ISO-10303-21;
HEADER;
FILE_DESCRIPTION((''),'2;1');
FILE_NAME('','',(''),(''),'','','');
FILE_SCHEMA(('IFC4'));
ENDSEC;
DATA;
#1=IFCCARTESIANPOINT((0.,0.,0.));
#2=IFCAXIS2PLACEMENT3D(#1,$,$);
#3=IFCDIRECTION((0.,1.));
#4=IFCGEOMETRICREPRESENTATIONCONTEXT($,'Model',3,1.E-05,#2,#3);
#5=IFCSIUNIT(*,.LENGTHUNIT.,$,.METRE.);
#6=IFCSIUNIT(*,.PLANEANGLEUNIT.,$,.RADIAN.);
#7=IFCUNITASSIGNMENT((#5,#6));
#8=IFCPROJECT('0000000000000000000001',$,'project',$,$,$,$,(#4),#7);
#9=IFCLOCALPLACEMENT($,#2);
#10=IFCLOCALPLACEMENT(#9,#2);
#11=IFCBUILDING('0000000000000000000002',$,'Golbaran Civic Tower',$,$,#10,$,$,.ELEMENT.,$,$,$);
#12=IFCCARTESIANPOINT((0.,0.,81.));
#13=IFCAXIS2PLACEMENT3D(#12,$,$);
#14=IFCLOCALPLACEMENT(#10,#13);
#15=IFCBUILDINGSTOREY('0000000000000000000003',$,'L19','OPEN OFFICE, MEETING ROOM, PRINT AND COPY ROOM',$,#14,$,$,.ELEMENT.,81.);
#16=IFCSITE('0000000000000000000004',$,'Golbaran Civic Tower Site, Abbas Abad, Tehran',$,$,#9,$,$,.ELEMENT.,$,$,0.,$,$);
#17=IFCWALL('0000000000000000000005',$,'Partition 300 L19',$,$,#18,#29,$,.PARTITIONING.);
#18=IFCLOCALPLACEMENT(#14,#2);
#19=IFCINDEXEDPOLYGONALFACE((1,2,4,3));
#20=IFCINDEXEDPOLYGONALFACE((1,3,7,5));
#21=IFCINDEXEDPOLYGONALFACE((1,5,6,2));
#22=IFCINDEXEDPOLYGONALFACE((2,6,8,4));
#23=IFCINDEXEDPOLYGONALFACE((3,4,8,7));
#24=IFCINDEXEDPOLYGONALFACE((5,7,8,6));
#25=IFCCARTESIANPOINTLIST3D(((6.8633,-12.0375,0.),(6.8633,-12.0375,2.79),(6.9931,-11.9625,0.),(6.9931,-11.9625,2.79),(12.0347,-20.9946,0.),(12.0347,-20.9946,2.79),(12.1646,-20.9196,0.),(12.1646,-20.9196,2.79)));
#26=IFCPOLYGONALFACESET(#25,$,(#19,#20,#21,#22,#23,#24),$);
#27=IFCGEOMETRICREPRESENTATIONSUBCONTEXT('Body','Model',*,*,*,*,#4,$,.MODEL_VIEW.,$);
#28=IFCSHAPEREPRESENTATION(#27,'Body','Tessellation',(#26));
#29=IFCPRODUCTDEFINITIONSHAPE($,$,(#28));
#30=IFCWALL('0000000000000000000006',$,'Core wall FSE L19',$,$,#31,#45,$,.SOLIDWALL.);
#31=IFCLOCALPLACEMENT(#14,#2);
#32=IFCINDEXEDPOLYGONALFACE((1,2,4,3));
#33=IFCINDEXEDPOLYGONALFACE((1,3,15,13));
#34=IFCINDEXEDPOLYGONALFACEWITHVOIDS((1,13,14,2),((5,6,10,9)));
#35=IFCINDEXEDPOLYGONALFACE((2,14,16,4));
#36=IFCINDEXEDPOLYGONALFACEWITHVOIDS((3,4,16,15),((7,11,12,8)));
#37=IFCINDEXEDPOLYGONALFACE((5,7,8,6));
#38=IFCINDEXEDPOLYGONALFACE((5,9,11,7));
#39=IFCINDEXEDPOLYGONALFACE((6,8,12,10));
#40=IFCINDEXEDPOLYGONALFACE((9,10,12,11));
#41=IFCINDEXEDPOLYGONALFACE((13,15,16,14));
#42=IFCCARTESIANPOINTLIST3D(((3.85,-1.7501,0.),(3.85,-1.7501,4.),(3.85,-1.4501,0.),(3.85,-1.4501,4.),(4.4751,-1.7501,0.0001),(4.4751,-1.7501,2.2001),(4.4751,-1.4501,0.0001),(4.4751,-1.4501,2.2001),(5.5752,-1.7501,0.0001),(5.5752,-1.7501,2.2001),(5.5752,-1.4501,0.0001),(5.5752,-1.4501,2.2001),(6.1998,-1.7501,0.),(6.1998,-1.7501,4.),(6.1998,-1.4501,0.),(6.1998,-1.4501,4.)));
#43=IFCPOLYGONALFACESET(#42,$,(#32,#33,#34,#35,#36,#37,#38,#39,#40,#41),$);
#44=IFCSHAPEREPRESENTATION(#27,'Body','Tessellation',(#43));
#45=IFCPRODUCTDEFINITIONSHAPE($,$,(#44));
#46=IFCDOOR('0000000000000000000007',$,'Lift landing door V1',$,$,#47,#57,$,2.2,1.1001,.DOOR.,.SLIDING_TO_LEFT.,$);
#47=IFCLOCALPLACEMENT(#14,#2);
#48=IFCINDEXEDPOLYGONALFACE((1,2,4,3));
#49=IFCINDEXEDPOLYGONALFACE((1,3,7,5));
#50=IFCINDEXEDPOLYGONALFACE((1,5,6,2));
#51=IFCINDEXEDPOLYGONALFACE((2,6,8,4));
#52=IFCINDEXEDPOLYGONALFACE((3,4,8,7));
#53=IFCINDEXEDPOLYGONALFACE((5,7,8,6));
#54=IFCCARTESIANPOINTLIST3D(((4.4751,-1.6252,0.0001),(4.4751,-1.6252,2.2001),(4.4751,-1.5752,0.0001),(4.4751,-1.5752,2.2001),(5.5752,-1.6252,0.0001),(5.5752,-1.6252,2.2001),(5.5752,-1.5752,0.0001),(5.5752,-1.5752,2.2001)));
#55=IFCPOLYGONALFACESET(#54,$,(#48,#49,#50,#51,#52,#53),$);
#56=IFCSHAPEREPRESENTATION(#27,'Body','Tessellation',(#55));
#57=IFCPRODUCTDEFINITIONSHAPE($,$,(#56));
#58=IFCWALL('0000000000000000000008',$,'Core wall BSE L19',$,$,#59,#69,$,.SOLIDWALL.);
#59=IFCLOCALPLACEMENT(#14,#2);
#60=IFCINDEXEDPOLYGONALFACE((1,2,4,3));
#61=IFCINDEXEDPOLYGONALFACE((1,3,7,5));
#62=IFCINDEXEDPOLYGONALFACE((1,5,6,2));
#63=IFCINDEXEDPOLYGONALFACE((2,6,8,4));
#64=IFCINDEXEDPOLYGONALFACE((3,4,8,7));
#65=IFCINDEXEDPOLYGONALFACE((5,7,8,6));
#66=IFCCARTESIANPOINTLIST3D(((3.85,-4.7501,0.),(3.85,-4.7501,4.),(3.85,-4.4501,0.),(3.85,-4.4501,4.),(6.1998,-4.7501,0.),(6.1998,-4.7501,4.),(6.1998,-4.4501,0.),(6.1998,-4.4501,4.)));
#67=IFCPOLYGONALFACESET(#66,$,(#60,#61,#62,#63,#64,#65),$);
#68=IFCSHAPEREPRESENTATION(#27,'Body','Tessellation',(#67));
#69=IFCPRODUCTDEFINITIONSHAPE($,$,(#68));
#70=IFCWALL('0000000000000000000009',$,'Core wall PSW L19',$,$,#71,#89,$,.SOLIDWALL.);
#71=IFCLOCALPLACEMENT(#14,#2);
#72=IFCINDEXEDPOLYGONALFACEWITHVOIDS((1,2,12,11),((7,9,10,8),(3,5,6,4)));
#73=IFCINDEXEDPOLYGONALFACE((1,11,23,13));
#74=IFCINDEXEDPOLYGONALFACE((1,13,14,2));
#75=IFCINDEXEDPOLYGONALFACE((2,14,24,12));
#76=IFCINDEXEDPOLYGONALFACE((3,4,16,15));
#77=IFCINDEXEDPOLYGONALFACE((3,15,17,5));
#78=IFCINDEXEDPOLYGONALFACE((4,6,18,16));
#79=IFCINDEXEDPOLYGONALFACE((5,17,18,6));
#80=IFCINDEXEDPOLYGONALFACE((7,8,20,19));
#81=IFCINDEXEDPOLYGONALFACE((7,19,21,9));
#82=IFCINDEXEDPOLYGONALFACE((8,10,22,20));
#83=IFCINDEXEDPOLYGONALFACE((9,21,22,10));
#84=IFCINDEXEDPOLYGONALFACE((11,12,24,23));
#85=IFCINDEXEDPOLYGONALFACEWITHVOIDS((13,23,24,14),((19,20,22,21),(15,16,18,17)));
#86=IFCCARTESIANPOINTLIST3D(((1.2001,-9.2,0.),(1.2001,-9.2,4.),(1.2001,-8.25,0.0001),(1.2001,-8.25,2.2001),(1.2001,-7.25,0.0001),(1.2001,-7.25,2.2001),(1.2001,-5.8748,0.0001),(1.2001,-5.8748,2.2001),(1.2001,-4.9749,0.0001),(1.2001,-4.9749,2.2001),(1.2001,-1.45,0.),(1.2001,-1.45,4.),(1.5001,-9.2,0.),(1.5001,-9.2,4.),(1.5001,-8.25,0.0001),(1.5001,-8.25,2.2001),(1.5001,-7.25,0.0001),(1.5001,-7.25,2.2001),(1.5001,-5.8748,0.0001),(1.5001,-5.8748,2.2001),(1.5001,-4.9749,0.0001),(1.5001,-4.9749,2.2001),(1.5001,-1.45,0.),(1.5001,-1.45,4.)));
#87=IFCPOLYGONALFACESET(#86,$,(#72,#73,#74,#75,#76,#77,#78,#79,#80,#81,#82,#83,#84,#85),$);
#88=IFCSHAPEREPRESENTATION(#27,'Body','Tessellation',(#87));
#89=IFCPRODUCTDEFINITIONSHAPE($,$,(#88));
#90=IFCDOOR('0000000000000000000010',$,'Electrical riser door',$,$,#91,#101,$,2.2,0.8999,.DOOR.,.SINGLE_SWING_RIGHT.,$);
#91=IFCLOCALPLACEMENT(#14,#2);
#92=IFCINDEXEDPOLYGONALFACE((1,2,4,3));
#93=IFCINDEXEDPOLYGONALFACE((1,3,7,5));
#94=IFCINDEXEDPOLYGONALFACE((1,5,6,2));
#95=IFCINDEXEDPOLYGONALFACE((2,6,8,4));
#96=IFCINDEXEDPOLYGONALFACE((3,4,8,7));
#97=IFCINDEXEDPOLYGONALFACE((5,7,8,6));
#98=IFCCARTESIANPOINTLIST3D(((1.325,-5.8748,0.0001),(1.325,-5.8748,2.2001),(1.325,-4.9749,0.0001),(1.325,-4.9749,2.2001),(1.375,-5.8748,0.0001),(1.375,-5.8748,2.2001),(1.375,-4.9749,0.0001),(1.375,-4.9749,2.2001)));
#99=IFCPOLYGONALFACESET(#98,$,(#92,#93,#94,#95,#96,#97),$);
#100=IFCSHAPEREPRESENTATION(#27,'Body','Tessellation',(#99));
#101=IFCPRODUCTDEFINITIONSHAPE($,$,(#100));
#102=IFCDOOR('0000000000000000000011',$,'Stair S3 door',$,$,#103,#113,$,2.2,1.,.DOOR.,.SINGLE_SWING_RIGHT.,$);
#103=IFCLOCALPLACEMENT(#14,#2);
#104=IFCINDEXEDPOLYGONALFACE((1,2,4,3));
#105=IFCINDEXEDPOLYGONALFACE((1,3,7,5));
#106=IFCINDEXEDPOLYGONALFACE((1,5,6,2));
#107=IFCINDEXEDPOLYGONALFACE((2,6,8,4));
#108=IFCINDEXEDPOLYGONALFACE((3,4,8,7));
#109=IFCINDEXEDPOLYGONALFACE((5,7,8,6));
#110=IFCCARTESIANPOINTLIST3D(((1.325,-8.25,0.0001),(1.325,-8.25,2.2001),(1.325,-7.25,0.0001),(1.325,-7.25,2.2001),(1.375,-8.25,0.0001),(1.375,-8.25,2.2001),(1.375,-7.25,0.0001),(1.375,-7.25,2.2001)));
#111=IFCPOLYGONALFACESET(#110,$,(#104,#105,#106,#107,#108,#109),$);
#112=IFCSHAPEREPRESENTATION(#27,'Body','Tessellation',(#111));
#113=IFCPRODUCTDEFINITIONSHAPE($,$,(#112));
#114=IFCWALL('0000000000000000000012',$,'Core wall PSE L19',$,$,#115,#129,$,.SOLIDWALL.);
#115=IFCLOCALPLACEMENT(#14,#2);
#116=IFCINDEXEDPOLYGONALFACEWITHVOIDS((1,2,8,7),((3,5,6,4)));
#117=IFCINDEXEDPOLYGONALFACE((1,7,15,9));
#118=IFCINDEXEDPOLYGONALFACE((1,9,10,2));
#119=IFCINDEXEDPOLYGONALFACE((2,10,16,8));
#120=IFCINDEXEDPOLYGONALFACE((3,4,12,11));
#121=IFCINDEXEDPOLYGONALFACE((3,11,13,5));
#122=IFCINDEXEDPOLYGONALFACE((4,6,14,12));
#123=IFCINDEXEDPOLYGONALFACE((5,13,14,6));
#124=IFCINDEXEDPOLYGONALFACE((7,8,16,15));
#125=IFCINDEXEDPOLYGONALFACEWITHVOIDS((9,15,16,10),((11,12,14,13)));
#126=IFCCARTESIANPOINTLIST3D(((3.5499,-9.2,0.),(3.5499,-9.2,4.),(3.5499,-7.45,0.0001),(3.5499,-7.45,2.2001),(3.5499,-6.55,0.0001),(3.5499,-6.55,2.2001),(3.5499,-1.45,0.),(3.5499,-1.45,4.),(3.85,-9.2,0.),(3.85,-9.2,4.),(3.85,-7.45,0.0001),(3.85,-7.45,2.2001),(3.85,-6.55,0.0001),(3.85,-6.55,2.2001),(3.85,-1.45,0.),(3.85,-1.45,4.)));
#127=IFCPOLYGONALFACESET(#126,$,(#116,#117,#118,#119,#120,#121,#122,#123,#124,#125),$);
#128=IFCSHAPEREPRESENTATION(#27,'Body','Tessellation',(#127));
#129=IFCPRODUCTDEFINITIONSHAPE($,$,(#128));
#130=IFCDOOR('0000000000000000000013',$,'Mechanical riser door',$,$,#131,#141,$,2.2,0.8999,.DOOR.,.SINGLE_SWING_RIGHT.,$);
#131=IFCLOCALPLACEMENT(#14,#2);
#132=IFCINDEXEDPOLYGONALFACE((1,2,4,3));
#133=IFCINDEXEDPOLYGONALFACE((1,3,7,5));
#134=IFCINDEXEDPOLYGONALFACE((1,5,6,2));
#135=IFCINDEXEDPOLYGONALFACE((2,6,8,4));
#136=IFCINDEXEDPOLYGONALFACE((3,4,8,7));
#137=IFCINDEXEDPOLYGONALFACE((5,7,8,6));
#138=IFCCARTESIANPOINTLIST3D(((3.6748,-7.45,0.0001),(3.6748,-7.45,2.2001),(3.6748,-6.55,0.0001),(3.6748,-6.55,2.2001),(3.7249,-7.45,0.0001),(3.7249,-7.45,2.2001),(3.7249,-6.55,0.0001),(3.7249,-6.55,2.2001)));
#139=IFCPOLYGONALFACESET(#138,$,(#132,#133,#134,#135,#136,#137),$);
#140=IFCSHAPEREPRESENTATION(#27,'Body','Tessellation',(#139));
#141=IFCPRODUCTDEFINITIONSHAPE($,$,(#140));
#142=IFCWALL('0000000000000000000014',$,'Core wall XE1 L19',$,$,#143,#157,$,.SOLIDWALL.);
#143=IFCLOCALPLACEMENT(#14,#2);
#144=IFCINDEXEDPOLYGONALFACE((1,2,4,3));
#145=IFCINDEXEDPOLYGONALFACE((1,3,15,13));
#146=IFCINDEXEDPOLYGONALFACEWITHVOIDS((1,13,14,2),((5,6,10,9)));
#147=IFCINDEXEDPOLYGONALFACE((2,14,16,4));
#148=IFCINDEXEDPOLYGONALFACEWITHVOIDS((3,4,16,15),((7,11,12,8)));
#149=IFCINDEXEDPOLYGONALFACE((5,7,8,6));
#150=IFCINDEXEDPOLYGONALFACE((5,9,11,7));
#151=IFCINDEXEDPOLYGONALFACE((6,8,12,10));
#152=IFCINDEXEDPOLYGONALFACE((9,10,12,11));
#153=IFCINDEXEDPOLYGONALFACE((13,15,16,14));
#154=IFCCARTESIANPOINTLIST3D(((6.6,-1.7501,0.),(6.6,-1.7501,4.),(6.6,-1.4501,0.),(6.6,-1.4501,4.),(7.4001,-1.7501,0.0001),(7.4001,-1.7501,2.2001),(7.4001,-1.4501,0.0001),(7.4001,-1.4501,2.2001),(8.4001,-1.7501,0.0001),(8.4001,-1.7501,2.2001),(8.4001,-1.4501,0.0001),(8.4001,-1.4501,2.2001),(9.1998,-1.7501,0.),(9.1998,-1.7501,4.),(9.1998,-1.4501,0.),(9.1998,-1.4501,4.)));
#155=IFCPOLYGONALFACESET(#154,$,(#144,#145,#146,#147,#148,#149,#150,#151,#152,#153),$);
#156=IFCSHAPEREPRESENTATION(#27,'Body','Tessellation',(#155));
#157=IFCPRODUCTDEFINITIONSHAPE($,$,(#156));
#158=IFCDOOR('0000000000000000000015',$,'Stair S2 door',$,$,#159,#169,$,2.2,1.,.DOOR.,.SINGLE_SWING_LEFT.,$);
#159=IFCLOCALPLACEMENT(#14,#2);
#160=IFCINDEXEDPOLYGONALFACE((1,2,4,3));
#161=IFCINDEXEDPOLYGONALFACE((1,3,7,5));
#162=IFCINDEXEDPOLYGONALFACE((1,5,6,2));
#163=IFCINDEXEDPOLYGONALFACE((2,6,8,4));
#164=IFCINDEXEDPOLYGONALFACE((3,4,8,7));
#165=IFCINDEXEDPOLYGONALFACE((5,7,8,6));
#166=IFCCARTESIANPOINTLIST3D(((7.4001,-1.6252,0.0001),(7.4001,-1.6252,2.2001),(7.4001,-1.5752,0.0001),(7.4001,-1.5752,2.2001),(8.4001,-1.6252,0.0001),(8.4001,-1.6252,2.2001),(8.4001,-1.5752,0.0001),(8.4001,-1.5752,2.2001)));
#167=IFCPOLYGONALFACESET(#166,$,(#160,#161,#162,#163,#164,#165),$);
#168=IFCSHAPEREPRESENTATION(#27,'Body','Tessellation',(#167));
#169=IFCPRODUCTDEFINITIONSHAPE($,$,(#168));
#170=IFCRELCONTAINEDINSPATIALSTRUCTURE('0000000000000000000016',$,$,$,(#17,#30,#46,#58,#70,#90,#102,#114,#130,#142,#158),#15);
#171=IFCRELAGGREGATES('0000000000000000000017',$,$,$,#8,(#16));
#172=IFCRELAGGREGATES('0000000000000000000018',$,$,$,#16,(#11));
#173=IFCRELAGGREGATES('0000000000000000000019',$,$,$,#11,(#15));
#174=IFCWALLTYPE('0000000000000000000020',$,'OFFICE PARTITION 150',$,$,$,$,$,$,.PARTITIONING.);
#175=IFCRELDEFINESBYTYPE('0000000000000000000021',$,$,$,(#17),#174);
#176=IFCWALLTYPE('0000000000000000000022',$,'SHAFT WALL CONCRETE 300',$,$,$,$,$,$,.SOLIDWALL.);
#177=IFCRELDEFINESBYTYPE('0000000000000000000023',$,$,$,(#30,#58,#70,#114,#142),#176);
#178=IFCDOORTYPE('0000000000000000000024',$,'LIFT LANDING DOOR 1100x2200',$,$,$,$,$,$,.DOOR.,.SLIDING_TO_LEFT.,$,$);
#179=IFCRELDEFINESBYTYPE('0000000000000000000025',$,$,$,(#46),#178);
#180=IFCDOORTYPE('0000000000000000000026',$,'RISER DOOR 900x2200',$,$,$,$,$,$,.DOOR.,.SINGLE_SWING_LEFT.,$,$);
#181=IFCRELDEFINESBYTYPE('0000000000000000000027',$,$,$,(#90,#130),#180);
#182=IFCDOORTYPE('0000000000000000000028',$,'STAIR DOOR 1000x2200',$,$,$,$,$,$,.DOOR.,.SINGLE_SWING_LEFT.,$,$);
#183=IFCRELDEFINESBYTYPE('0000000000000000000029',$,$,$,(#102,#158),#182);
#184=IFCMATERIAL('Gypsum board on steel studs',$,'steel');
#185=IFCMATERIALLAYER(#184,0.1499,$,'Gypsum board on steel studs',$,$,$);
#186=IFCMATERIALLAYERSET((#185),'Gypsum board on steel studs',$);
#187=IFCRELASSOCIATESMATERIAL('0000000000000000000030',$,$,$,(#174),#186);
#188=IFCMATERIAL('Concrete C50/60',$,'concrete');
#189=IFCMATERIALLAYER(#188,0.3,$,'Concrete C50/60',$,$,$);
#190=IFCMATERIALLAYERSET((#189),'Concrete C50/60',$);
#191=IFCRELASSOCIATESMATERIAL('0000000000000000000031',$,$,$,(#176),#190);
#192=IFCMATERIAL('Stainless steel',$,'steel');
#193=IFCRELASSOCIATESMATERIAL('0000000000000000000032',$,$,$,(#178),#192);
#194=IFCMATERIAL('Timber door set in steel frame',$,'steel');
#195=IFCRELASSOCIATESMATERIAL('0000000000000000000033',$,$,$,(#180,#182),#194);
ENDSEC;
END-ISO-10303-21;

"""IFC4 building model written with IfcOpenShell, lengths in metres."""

from ifc_helpers import new_model, si_unit, direction, frame, frame_2d, origin, place, context, subcontext, project, spatial, rectangle, extrude, material, layer, layer_set, type_object, element, fill, save


model = new_model("IFC4")

# Units and contexts
model_context = context("Model", 3, precision=1e-05, world=origin(), true_north=direction((0.0, 1.0)))
body_context = subcontext(model_context, "Body", "Model", "MODEL_VIEW")
ifc_project = project(units=[si_unit("LENGTHUNIT", "METRE"), si_unit("PLANEANGLEUNIT", "RADIAN")], contexts=[model_context])

# Site, building, storey
site_placement = place(None, origin())
site = spatial("IfcSite", under=ifc_project, at=site_placement, Name="Golbaran Civic Tower Site, Abbas Abad, Tehran", CompositionType="ELEMENT", RefElevation=0.0)
building_placement = place(site_placement, origin())
building = spatial("IfcBuilding", under=site, at=building_placement, Name="Golbaran Civic Tower", CompositionType="ELEMENT")
storey_placement = place(building_placement, frame((0.0, 0.0, 81.0)))
storey = spatial("IfcBuildingStorey", under=building, at=storey_placement, Name="L19", Description="OPEN OFFICE, MEETING ROOM, PRINT AND COPY ROOM", CompositionType="ELEMENT", Elevation=81.0)

# Shared definitions
ifc_material_1 = material(Name="Timber door set in steel frame", Category="steel")

# Wall
ifc_material_2 = material(Name="Gypsum board on steel studs", Category="steel")
ifc_layer_1 = layer(ifc_material_2, 0.1499, Name="Gypsum board on steel studs")
ifc_layer_set_1 = layer_set([ifc_layer_1], Name="Gypsum board on steel studs")
wall_type_1 = type_object("IfcWallType", Name="OFFICE PARTITION 150", PredefinedType="PARTITIONING", material=ifc_layer_set_1)
wall_1_placement = place(storey_placement, frame((6.9282, -12.0, 0.0), z_axis=(0.0, 0.0, 1.0), x_axis=(0.500003, -0.866024, 0.0)))
element("IfcWall", 1, at=wall_1_placement, inside=storey, type_object=wall_type_1, Name="Partition 300 L19", PredefinedType="PARTITIONING", context=body_context, shape_type="SweptSolid", body=[
    extrude(rectangle(XDim=10.3428, YDim=0.1499, at=frame_2d((5.1714, 0.0))), origin(), (0.0, 0.0, 1.0), 2.79),
])

# Wall, opening, door
ifc_material_3 = material(Name="Concrete C50/60", Category="concrete")
ifc_layer_2 = layer(ifc_material_3, 0.3, Name="Concrete C50/60")
ifc_layer_set_2 = layer_set([ifc_layer_2], Name="Concrete C50/60")
wall_type_2 = type_object("IfcWallType", Name="SHAFT WALL CONCRETE 300", PredefinedType="SOLIDWALL", material=ifc_layer_set_2)
wall_2_placement = place(storey_placement, frame((3.8501, -1.6001, 0.0), z_axis=(0.0, 0.0, 1.0), x_axis=(1.0, 0.0, 0.0)))
wall_2 = element("IfcWall", 2, at=wall_2_placement, inside=storey, type_object=wall_type_2, Name="Core wall FSE L19", PredefinedType="SOLIDWALL", context=body_context, shape_type="SweptSolid", body=[
    extrude(rectangle(XDim=2.3499, YDim=0.3, at=frame_2d((1.1748, 0.0))), origin(), (0.0, 0.0, 1.0), 4.0),
])
opening_1_placement = place(wall_2_placement, frame((0.625, 0.0, 0.0)))
opening_1 = element("IfcOpeningElement", 3, at=opening_1_placement, cuts=wall_2, PredefinedType="OPENING", context=body_context, shape_type="SweptSolid", body=[
    extrude(rectangle(XDim=1.1001, YDim=2.2, at=frame_2d((0.55, 1.1001))), frame((0.0, 0.1599, 0.0), z_axis=(0.0, -1.0, 0.0), x_axis=(1.0, 0.0, 0.0)), (0.0, 0.0, 1.0), 0.3201),
])
ifc_material_4 = material(Name="Stainless steel", Category="steel")
door_type_1 = type_object("IfcDoorType", Name="LIFT LANDING DOOR 1100x2200", OperationType="SLIDING_TO_LEFT", PredefinedType="DOOR", material=ifc_material_4)
door_1_placement = place(opening_1_placement, origin())
door_1 = element("IfcDoor", 4, at=door_1_placement, inside=storey, type_object=door_type_1, Name="Lift landing door V1", OperationType="SLIDING_TO_LEFT", OverallHeight=2.2, OverallWidth=1.1001, PredefinedType="DOOR", context=body_context, shape_type="SweptSolid", body=[
    extrude(rectangle(XDim=1.1001, YDim=2.2, at=frame_2d((0.55, 1.1001))), frame((0.0, 0.0249, 0.0), z_axis=(0.0, -1.0, 0.0), x_axis=(1.0, 0.0, 0.0)), (0.0, 0.0, 1.0), 0.05),
])
fill(opening_1, door_1)

# Wall
wall_3_placement = place(storey_placement, frame((3.8501, -4.6001, 0.0), z_axis=(0.0, 0.0, 1.0), x_axis=(1.0, 0.0, 0.0)))
element("IfcWall", 5, at=wall_3_placement, inside=storey, type_object=wall_type_2, Name="Core wall BSE L19", PredefinedType="SOLIDWALL", context=body_context, shape_type="SweptSolid", body=[
    extrude(rectangle(XDim=2.3499, YDim=0.3, at=frame_2d((1.1748, 0.0))), origin(), (0.0, 0.0, 1.0), 4.0),
])

# Wall, openings, doors
wall_4_placement = place(storey_placement, frame((1.3501, -1.45, 0.0), z_axis=(0.0, 0.0, 1.0), x_axis=(0.0, -1.0, 0.0)))
wall_4 = element("IfcWall", 6, at=wall_4_placement, inside=storey, type_object=wall_type_2, Name="Core wall PSW L19", PredefinedType="SOLIDWALL", context=body_context, shape_type="SweptSolid", body=[
    extrude(rectangle(XDim=7.75, YDim=0.3, at=frame_2d((3.875, 0.0))), origin(), (0.0, 0.0, 1.0), 4.0),
])
opening_2_placement = place(wall_4_placement, frame((5.8, 0.0, 0.0)))
opening_2 = element("IfcOpeningElement", 7, at=opening_2_placement, cuts=wall_4, PredefinedType="OPENING", context=body_context, shape_type="SweptSolid", body=[
    extrude(rectangle(XDim=1.0, YDim=2.2, at=frame_2d((0.5, 1.1001))), frame((0.0, 0.1599, 0.0), z_axis=(0.0, -1.0, 0.0), x_axis=(1.0, 0.0, 0.0)), (0.0, 0.0, 1.0), 0.3201),
])
opening_3_placement = place(wall_4_placement, frame((3.5249, 0.0, 0.0)))
opening_3 = element("IfcOpeningElement", 8, at=opening_3_placement, cuts=wall_4, PredefinedType="OPENING", context=body_context, shape_type="SweptSolid", body=[
    extrude(rectangle(XDim=0.8999, YDim=2.2, at=frame_2d((0.45, 1.1001))), frame((0.0, 0.1599, 0.0), z_axis=(0.0, -1.0, 0.0), x_axis=(1.0, 0.0, 0.0)), (0.0, 0.0, 1.0), 0.3201),
])
door_type_2 = type_object("IfcDoorType", Name="RISER DOOR 900x2200", OperationType="SINGLE_SWING_LEFT", PredefinedType="DOOR", material=ifc_material_1)
door_2_placement = place(opening_3_placement, origin())
door_2 = element("IfcDoor", 9, at=door_2_placement, inside=storey, type_object=door_type_2, Name="Electrical riser door", OperationType="SINGLE_SWING_RIGHT", OverallHeight=2.2, OverallWidth=0.8999, PredefinedType="DOOR", context=body_context, shape_type="SweptSolid", body=[
    extrude(rectangle(XDim=0.8999, YDim=2.2, at=frame_2d((0.45, 1.1001))), frame((0.0, 0.0249, 0.0), z_axis=(0.0, -1.0, 0.0), x_axis=(1.0, 0.0, 0.0)), (0.0, 0.0, 1.0), 0.05),
])
fill(opening_3, door_2)
door_type_3 = type_object("IfcDoorType", Name="STAIR DOOR 1000x2200", OperationType="SINGLE_SWING_LEFT", PredefinedType="DOOR", material=ifc_material_1)
door_3_placement = place(opening_2_placement, origin())
door_3 = element("IfcDoor", 10, at=door_3_placement, inside=storey, type_object=door_type_3, Name="Stair S3 door", OperationType="SINGLE_SWING_RIGHT", OverallHeight=2.2, OverallWidth=1.0, PredefinedType="DOOR", context=body_context, shape_type="SweptSolid", body=[
    extrude(rectangle(XDim=1.0, YDim=2.2, at=frame_2d((0.5, 1.1001))), frame((0.0, 0.0249, 0.0), z_axis=(0.0, -1.0, 0.0), x_axis=(1.0, 0.0, 0.0)), (0.0, 0.0, 1.0), 0.05),
])
fill(opening_2, door_3)

# Walls, openings, doors
wall_5_placement = place(storey_placement, frame((3.7, -1.45, 0.0), z_axis=(0.0, 0.0, 1.0), x_axis=(0.0, -1.0, 0.0)))
wall_5 = element("IfcWall", 11, at=wall_5_placement, inside=storey, type_object=wall_type_2, Name="Core wall PSE L19", PredefinedType="SOLIDWALL", context=body_context, shape_type="SweptSolid", body=[
    extrude(rectangle(XDim=7.75, YDim=0.3, at=frame_2d((3.875, 0.0))), origin(), (0.0, 0.0, 1.0), 4.0),
])
opening_4_placement = place(wall_5_placement, frame((5.1001, 0.0, 0.0)))
opening_4 = element("IfcOpeningElement", 12, at=opening_4_placement, cuts=wall_5, PredefinedType="OPENING", context=body_context, shape_type="SweptSolid", body=[
    extrude(rectangle(XDim=0.8999, YDim=2.2, at=frame_2d((0.45, 1.1001))), frame((0.0, 0.1599, 0.0), z_axis=(0.0, -1.0, 0.0), x_axis=(1.0, 0.0, 0.0)), (0.0, 0.0, 1.0), 0.3201),
])
door_4_placement = place(opening_4_placement, origin())
door_4 = element("IfcDoor", 13, at=door_4_placement, inside=storey, type_object=door_type_2, Name="Mechanical riser door", OperationType="SINGLE_SWING_RIGHT", OverallHeight=2.2, OverallWidth=0.8999, PredefinedType="DOOR", context=body_context, shape_type="SweptSolid", body=[
    extrude(rectangle(XDim=0.8999, YDim=2.2, at=frame_2d((0.45, 1.1001))), frame((0.0, 0.0249, 0.0), z_axis=(0.0, -1.0, 0.0), x_axis=(1.0, 0.0, 0.0)), (0.0, 0.0, 1.0), 0.05),
])
fill(opening_4, door_4)
wall_6_placement = place(storey_placement, frame((6.6001, -1.6001, 0.0), z_axis=(0.0, 0.0, 1.0), x_axis=(1.0, 0.0, 0.0)))
wall_6 = element("IfcWall", 14, at=wall_6_placement, inside=storey, type_object=wall_type_2, Name="Core wall XE1 L19", PredefinedType="SOLIDWALL", context=body_context, shape_type="SweptSolid", body=[
    extrude(rectangle(XDim=2.5999, YDim=0.3, at=frame_2d((1.2998, 0.0))), origin(), (0.0, 0.0, 1.0), 4.0),
])
opening_5_placement = place(wall_6_placement, frame((0.8, 0.0, 0.0)))
opening_5 = element("IfcOpeningElement", 15, at=opening_5_placement, cuts=wall_6, PredefinedType="OPENING", context=body_context, shape_type="SweptSolid", body=[
    extrude(rectangle(XDim=1.0, YDim=2.2, at=frame_2d((0.5, 1.1001))), frame((0.0, 0.1599, 0.0), z_axis=(0.0, -1.0, 0.0), x_axis=(1.0, 0.0, 0.0)), (0.0, 0.0, 1.0), 0.3201),
])
door_5_placement = place(opening_5_placement, origin())
door_5 = element("IfcDoor", 16, at=door_5_placement, inside=storey, type_object=door_type_3, Name="Stair S2 door", OperationType="SINGLE_SWING_LEFT", OverallHeight=2.2, OverallWidth=1.0, PredefinedType="DOOR", context=body_context, shape_type="SweptSolid", body=[
    extrude(rectangle(XDim=1.0, YDim=2.2, at=frame_2d((0.5, 1.1001))), frame((0.0, 0.0249, 0.0), z_axis=(0.0, -1.0, 0.0), x_axis=(1.0, 0.0, 0.0)), (0.0, 0.0, 1.0), 0.05),
])
fill(opening_5, door_5)

save(model, "model.ifc")
